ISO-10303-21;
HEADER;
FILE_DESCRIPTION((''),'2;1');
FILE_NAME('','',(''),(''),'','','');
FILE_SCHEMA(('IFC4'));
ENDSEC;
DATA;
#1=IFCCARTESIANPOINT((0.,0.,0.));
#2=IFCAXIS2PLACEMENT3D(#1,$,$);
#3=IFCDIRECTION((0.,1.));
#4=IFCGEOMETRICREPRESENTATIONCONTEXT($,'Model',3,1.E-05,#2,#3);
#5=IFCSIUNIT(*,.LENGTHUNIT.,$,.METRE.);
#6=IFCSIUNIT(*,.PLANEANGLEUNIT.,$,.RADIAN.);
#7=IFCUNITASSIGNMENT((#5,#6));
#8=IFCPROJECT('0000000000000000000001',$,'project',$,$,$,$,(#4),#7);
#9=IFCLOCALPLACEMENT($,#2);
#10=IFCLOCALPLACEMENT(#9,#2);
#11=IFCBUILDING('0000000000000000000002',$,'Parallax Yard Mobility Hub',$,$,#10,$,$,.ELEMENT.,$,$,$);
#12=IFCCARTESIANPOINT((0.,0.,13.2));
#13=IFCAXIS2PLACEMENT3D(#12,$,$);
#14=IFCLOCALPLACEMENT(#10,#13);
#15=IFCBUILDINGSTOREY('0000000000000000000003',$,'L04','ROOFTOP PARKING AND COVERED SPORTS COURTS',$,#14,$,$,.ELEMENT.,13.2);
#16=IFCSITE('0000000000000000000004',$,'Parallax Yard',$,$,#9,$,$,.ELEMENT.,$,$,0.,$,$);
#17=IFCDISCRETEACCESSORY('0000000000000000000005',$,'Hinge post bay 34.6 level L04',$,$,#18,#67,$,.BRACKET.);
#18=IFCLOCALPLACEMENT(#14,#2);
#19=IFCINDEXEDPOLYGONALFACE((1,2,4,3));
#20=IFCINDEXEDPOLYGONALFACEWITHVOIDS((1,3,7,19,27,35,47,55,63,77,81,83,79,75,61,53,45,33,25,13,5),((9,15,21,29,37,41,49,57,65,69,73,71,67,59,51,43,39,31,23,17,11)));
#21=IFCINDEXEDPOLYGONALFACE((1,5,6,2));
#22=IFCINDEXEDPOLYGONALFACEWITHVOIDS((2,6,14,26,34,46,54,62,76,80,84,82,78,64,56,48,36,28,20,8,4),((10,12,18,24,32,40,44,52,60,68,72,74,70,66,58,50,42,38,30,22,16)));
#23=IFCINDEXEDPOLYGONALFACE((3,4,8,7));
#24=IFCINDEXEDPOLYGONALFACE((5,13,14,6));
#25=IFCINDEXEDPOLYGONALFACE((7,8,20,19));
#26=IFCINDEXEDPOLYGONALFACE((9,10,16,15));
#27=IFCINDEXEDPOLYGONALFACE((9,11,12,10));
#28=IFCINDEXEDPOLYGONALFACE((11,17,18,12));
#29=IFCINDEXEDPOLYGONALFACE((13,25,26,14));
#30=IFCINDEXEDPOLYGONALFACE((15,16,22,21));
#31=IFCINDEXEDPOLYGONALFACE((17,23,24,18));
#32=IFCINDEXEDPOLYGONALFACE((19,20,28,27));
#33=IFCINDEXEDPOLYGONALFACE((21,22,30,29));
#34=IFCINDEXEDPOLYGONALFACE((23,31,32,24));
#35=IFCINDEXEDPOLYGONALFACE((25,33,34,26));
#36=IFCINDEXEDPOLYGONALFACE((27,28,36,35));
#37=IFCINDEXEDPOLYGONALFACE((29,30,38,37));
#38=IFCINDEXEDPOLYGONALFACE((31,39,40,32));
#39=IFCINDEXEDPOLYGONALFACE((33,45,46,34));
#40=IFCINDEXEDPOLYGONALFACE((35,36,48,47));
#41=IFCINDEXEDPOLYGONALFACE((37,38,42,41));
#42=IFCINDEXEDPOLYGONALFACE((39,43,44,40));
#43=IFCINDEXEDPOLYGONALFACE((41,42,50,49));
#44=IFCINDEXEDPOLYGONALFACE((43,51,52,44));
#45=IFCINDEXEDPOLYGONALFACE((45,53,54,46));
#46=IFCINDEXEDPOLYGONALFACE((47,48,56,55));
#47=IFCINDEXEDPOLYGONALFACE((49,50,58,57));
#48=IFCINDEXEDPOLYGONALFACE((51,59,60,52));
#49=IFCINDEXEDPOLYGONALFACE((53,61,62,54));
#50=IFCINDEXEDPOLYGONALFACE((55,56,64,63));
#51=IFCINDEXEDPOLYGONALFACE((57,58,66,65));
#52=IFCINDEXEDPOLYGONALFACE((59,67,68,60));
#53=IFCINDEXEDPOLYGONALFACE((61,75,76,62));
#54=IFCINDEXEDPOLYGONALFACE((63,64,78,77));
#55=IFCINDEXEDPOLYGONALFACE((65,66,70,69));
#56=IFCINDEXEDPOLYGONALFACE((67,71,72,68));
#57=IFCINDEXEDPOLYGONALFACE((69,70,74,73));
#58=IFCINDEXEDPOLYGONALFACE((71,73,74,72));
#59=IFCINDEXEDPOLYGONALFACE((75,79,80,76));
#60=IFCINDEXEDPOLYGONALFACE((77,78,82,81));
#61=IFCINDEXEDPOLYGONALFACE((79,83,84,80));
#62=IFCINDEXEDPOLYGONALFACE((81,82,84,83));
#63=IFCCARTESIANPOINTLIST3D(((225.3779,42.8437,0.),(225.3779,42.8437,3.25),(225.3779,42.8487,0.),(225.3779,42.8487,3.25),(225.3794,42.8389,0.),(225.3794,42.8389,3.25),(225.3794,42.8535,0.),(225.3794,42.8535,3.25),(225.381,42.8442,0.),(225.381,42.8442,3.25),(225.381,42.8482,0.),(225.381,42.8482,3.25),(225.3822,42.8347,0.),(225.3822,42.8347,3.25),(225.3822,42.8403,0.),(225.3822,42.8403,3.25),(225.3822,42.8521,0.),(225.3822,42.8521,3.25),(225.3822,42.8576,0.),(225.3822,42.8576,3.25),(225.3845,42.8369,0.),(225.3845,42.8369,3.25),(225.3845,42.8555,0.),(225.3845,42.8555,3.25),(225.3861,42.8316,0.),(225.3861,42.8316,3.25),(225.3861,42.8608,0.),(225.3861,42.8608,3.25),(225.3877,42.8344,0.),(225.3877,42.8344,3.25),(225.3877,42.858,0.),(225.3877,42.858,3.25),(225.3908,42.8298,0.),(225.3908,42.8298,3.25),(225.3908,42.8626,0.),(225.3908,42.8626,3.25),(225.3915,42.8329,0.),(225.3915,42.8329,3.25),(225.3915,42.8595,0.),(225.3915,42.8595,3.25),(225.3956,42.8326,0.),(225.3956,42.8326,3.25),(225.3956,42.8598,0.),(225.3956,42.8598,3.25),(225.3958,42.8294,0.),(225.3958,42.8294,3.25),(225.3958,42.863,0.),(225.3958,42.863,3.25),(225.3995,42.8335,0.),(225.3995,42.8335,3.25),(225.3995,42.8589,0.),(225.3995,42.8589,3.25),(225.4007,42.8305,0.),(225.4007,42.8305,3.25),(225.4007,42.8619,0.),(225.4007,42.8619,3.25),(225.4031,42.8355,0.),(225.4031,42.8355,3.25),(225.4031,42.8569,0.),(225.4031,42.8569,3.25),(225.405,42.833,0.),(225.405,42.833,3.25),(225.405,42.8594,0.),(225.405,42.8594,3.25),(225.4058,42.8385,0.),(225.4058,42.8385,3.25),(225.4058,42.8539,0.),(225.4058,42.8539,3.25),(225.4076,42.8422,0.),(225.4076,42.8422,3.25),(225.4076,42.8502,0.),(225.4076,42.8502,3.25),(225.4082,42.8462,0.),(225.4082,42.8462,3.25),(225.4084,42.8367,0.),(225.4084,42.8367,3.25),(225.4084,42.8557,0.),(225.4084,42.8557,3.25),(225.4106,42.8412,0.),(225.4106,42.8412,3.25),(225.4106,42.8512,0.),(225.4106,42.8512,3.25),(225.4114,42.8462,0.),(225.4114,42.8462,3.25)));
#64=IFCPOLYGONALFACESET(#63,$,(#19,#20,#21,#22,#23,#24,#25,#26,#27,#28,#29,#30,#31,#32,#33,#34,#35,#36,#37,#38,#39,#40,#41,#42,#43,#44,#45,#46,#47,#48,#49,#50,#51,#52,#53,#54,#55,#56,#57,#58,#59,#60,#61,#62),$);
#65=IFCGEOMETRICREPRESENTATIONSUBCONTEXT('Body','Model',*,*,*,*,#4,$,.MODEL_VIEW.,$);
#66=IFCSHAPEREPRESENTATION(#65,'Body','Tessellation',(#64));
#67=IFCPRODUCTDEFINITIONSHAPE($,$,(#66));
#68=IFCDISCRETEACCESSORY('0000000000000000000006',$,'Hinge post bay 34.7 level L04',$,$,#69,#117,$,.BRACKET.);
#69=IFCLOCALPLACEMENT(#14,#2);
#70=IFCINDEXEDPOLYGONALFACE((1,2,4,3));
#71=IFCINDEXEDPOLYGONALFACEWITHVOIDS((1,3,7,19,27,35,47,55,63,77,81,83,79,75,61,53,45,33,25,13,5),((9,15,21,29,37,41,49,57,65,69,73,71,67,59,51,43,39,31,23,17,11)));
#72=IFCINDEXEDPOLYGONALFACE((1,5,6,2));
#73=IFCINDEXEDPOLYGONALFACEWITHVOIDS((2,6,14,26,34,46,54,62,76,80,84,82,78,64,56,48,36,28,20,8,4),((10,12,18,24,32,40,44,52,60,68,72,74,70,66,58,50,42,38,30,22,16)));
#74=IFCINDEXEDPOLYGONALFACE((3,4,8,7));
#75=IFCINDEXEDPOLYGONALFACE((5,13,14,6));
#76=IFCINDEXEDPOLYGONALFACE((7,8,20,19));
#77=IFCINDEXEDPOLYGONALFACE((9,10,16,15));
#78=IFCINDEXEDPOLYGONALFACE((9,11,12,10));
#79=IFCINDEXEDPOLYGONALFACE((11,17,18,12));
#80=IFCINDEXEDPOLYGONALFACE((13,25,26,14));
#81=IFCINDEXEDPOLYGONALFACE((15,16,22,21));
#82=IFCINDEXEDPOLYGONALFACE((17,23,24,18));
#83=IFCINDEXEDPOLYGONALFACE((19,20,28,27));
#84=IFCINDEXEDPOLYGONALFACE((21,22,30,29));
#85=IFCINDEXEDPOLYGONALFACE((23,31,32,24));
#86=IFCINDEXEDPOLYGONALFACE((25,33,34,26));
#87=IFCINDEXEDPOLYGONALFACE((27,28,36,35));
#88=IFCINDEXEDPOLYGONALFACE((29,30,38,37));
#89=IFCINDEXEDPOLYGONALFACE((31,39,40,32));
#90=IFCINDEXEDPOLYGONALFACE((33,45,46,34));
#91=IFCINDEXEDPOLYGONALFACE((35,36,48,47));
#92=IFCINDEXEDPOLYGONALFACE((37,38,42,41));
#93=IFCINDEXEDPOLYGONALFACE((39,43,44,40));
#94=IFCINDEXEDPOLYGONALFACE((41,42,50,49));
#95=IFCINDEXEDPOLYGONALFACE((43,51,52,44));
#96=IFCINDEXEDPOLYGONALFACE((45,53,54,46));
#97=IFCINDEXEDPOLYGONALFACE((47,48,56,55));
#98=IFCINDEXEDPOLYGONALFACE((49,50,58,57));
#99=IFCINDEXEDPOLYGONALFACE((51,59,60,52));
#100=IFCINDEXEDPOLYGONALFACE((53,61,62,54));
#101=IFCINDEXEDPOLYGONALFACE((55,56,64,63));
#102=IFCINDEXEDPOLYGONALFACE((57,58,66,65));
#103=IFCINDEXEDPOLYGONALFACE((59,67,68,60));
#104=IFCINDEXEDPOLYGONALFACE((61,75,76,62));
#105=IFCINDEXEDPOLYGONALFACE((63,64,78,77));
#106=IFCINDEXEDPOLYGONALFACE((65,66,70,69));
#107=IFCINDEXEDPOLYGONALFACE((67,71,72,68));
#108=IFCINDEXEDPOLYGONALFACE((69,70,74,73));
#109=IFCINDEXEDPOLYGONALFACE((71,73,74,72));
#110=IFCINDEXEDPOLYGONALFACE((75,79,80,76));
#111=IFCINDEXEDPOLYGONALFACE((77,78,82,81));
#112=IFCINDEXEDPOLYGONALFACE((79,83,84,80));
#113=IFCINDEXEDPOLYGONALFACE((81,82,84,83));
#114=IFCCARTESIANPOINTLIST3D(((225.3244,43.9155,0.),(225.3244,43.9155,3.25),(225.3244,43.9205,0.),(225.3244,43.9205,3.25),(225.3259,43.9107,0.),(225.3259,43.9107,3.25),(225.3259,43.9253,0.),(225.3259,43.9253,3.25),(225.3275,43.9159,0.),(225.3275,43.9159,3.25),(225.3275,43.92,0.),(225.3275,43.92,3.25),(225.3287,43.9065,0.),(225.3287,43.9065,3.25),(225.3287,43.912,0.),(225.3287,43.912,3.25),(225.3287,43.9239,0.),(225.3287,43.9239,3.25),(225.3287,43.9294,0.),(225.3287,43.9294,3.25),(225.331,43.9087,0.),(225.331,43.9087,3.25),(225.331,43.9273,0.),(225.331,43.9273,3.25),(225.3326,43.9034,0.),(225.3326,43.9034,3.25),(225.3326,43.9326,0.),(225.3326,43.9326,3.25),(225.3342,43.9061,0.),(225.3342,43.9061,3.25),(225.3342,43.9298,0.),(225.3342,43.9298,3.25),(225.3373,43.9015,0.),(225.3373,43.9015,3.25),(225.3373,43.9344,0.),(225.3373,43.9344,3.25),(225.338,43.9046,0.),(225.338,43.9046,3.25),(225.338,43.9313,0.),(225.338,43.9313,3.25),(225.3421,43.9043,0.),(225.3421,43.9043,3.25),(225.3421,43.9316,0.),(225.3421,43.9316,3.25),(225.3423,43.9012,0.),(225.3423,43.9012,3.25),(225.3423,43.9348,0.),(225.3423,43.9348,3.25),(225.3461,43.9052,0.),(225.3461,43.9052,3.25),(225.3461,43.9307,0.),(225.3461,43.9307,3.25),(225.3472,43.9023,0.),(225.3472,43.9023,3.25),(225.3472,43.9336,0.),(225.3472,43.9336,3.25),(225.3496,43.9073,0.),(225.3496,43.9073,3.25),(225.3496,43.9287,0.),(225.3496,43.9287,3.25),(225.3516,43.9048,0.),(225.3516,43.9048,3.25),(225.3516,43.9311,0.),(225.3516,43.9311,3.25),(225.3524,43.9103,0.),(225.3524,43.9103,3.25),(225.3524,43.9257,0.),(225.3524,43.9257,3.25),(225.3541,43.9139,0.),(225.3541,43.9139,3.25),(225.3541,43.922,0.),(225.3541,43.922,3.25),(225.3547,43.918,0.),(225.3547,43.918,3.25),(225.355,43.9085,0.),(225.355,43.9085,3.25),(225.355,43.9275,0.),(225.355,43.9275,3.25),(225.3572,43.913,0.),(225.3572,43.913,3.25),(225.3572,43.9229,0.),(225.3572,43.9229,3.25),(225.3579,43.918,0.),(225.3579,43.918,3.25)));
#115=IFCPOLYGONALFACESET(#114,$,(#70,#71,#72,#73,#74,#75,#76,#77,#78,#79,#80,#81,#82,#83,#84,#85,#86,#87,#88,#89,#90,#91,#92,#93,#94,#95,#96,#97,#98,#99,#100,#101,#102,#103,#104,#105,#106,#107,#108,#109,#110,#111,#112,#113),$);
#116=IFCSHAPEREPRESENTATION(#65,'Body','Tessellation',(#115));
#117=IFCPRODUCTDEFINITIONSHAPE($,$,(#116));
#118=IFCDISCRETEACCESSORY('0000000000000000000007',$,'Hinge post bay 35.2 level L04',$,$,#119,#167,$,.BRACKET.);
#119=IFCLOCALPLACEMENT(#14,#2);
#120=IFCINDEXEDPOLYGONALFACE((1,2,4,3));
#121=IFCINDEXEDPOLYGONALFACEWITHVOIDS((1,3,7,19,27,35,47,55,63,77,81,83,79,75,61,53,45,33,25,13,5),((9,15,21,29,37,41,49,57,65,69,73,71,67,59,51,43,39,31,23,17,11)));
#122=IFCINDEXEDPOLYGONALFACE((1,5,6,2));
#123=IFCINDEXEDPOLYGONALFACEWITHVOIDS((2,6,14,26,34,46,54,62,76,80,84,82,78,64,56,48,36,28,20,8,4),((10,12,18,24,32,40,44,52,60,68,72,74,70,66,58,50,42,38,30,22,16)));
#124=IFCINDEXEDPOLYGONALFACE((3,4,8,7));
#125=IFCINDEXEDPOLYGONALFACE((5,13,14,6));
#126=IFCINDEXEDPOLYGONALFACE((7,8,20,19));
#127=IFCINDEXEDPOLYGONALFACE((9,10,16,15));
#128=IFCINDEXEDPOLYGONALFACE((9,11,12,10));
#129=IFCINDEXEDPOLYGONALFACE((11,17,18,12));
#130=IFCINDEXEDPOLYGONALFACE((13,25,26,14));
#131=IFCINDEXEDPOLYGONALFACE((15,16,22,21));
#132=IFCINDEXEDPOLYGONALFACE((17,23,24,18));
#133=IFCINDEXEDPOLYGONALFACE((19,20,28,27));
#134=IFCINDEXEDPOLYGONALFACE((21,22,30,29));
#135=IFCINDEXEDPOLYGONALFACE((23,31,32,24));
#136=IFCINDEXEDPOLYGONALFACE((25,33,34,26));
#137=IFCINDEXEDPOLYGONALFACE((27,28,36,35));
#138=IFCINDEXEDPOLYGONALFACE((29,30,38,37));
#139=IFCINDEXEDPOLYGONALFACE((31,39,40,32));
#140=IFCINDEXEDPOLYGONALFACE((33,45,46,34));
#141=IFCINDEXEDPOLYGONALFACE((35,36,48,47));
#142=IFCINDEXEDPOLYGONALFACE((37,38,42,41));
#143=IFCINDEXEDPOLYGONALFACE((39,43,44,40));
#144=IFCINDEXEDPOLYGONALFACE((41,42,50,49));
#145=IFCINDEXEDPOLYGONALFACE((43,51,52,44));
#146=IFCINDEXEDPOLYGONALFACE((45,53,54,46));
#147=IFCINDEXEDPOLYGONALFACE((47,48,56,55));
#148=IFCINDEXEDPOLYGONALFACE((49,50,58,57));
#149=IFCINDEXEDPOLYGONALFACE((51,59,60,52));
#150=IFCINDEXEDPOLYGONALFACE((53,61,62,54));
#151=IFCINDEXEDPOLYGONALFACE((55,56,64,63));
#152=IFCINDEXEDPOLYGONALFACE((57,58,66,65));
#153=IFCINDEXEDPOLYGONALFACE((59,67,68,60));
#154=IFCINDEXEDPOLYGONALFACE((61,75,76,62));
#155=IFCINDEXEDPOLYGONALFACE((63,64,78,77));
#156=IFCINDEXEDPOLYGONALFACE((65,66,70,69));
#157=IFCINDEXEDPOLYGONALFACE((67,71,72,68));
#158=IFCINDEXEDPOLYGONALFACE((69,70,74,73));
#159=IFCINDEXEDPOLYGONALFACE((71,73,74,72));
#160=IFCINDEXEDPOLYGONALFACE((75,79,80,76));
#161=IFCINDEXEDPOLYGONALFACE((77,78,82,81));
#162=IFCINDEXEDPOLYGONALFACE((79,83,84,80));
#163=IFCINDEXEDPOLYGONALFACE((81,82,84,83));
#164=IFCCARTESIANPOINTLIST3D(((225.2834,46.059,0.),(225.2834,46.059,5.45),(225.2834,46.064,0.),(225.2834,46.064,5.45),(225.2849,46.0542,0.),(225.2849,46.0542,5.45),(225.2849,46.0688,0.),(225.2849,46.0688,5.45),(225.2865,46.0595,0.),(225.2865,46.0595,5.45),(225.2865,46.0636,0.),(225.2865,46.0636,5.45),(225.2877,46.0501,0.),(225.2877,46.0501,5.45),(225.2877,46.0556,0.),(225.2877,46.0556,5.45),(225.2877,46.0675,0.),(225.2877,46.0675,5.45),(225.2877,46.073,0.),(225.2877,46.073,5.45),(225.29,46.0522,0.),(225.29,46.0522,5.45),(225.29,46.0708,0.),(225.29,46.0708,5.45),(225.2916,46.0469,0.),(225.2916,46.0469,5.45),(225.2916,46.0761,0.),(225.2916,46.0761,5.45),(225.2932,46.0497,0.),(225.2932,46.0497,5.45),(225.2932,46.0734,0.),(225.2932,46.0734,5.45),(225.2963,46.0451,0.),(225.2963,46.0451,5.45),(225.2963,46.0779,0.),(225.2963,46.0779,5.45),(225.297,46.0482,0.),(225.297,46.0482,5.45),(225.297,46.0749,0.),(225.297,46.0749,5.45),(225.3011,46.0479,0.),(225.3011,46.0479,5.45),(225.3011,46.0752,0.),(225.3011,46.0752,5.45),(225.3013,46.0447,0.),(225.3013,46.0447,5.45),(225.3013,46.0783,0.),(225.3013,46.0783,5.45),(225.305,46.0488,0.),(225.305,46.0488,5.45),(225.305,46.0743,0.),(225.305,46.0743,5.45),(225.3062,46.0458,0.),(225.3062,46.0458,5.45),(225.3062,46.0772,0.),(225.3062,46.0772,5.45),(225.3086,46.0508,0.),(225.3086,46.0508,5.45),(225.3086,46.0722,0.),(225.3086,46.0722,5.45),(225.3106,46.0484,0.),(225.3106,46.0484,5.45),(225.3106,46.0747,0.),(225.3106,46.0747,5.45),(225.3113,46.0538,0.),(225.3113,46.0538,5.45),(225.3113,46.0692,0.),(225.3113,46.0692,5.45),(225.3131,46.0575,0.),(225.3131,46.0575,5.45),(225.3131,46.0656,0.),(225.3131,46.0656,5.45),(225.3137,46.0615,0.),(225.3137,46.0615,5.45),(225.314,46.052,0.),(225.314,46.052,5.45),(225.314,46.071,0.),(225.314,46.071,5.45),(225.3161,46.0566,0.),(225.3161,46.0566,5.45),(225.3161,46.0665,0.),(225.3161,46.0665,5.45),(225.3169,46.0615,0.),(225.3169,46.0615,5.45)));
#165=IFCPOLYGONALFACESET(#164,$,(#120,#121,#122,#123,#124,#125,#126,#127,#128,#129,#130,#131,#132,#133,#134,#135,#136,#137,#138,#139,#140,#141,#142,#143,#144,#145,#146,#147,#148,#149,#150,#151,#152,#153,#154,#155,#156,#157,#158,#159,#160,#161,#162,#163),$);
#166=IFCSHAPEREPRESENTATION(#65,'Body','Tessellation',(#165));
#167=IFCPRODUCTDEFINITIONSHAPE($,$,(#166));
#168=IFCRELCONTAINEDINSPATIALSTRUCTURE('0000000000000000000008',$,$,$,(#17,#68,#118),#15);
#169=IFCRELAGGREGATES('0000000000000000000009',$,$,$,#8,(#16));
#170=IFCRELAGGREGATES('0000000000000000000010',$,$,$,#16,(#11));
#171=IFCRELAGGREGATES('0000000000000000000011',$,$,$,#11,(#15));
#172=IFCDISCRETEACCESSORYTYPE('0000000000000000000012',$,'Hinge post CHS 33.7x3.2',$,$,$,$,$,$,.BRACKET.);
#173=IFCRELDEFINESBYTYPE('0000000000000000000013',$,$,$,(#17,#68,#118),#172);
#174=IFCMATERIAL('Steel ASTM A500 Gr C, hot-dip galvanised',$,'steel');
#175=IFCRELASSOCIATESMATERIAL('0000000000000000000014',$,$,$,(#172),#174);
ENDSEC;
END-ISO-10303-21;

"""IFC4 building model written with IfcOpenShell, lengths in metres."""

from ifc_helpers import new_model, si_unit, direction, frame, origin, origin_2d, place, context, subcontext, project, spatial, hollow_circle, extrude, material, material_profile, profile_set, type_object, element, save


model = new_model("IFC4")

# Units and contexts
model_context = context("Model", 3, precision=1e-05, world=origin(), true_north=direction((0.0, 1.0)))
body_context = subcontext(model_context, "Body", "Model", "MODEL_VIEW")
ifc_project = project(units=[si_unit("LENGTHUNIT", "METRE"), si_unit("PLANEANGLEUNIT", "RADIAN")], contexts=[model_context])

# Site, building, storey
site_placement = place(None, origin())
site = spatial("IfcSite", under=ifc_project, at=site_placement, Name="Parallax Yard", CompositionType="ELEMENT", RefElevation=0.0)
building_placement = place(site_placement, origin())
building = spatial("IfcBuilding", under=site, at=building_placement, Name="Parallax Yard Mobility Hub", CompositionType="ELEMENT")
storey_placement = place(building_placement, frame((0.0, 0.0, 13.2)))
storey = spatial("IfcBuildingStorey", under=building, at=storey_placement, Name="L04", Description="ROOFTOP PARKING AND COVERED SPORTS COURTS", CompositionType="ELEMENT", Elevation=13.2)

# Discrete accessories
ifc_material_1 = material(Name="Steel ASTM A500 Gr C, hot-dip galvanised", Category="steel")
ifc_material_profile = material_profile(ifc_material_1, hollow_circle(Radius=0.0168, WallThickness=0.0032, at=origin_2d()), Name="CHS 33.7x3.2")
ifc_profile_set = profile_set([ifc_material_profile], Name="Steel ASTM A500 Gr C, hot-dip galvanised")
discrete_accessory_type = type_object("IfcDiscreteAccessoryType", Name="Hinge post CHS 33.7x3.2", PredefinedType="BRACKET", material=ifc_profile_set)
for number, where, z_axis, x_axis, name in (
    (1, (225.3945, 42.8462, 0.0), (0.0, 0.0, 1.0), (1.0, 0.0, 0.0), "Hinge post bay 34.6 level L04"),
    (2, (225.3411, 43.918, 0.0), (0.0, 0.0, 1.0), (1.0, 0.0, 0.0), "Hinge post bay 34.7 level L04"),
):
    element("IfcDiscreteAccessory", number, at=place(storey_placement, frame(where, z_axis=z_axis, x_axis=x_axis)), inside=storey, type_object=discrete_accessory_type, Name=name, PredefinedType="BRACKET", context=body_context, shape_type="SweptSolid", body=[
        extrude(hollow_circle(Radius=0.0168, WallThickness=0.0032, at=origin_2d()), origin(), (0.0, 0.0, 1.0), 3.25),
    ])
discrete_accessory_1_placement = place(storey_placement, frame((225.3, 46.0615, 0.0), z_axis=(0.0, 0.0, 1.0), x_axis=(1.0, 0.0, 0.0)))
element("IfcDiscreteAccessory", 3, at=discrete_accessory_1_placement, inside=storey, type_object=discrete_accessory_type, Name="Hinge post bay 35.2 level L04", PredefinedType="BRACKET", context=body_context, shape_type="SweptSolid", body=[
    extrude(hollow_circle(Radius=0.0168, WallThickness=0.0032, at=origin_2d()), origin(), (0.0, 0.0, 1.0), 5.45),
])

save(model, "model.ifc")
